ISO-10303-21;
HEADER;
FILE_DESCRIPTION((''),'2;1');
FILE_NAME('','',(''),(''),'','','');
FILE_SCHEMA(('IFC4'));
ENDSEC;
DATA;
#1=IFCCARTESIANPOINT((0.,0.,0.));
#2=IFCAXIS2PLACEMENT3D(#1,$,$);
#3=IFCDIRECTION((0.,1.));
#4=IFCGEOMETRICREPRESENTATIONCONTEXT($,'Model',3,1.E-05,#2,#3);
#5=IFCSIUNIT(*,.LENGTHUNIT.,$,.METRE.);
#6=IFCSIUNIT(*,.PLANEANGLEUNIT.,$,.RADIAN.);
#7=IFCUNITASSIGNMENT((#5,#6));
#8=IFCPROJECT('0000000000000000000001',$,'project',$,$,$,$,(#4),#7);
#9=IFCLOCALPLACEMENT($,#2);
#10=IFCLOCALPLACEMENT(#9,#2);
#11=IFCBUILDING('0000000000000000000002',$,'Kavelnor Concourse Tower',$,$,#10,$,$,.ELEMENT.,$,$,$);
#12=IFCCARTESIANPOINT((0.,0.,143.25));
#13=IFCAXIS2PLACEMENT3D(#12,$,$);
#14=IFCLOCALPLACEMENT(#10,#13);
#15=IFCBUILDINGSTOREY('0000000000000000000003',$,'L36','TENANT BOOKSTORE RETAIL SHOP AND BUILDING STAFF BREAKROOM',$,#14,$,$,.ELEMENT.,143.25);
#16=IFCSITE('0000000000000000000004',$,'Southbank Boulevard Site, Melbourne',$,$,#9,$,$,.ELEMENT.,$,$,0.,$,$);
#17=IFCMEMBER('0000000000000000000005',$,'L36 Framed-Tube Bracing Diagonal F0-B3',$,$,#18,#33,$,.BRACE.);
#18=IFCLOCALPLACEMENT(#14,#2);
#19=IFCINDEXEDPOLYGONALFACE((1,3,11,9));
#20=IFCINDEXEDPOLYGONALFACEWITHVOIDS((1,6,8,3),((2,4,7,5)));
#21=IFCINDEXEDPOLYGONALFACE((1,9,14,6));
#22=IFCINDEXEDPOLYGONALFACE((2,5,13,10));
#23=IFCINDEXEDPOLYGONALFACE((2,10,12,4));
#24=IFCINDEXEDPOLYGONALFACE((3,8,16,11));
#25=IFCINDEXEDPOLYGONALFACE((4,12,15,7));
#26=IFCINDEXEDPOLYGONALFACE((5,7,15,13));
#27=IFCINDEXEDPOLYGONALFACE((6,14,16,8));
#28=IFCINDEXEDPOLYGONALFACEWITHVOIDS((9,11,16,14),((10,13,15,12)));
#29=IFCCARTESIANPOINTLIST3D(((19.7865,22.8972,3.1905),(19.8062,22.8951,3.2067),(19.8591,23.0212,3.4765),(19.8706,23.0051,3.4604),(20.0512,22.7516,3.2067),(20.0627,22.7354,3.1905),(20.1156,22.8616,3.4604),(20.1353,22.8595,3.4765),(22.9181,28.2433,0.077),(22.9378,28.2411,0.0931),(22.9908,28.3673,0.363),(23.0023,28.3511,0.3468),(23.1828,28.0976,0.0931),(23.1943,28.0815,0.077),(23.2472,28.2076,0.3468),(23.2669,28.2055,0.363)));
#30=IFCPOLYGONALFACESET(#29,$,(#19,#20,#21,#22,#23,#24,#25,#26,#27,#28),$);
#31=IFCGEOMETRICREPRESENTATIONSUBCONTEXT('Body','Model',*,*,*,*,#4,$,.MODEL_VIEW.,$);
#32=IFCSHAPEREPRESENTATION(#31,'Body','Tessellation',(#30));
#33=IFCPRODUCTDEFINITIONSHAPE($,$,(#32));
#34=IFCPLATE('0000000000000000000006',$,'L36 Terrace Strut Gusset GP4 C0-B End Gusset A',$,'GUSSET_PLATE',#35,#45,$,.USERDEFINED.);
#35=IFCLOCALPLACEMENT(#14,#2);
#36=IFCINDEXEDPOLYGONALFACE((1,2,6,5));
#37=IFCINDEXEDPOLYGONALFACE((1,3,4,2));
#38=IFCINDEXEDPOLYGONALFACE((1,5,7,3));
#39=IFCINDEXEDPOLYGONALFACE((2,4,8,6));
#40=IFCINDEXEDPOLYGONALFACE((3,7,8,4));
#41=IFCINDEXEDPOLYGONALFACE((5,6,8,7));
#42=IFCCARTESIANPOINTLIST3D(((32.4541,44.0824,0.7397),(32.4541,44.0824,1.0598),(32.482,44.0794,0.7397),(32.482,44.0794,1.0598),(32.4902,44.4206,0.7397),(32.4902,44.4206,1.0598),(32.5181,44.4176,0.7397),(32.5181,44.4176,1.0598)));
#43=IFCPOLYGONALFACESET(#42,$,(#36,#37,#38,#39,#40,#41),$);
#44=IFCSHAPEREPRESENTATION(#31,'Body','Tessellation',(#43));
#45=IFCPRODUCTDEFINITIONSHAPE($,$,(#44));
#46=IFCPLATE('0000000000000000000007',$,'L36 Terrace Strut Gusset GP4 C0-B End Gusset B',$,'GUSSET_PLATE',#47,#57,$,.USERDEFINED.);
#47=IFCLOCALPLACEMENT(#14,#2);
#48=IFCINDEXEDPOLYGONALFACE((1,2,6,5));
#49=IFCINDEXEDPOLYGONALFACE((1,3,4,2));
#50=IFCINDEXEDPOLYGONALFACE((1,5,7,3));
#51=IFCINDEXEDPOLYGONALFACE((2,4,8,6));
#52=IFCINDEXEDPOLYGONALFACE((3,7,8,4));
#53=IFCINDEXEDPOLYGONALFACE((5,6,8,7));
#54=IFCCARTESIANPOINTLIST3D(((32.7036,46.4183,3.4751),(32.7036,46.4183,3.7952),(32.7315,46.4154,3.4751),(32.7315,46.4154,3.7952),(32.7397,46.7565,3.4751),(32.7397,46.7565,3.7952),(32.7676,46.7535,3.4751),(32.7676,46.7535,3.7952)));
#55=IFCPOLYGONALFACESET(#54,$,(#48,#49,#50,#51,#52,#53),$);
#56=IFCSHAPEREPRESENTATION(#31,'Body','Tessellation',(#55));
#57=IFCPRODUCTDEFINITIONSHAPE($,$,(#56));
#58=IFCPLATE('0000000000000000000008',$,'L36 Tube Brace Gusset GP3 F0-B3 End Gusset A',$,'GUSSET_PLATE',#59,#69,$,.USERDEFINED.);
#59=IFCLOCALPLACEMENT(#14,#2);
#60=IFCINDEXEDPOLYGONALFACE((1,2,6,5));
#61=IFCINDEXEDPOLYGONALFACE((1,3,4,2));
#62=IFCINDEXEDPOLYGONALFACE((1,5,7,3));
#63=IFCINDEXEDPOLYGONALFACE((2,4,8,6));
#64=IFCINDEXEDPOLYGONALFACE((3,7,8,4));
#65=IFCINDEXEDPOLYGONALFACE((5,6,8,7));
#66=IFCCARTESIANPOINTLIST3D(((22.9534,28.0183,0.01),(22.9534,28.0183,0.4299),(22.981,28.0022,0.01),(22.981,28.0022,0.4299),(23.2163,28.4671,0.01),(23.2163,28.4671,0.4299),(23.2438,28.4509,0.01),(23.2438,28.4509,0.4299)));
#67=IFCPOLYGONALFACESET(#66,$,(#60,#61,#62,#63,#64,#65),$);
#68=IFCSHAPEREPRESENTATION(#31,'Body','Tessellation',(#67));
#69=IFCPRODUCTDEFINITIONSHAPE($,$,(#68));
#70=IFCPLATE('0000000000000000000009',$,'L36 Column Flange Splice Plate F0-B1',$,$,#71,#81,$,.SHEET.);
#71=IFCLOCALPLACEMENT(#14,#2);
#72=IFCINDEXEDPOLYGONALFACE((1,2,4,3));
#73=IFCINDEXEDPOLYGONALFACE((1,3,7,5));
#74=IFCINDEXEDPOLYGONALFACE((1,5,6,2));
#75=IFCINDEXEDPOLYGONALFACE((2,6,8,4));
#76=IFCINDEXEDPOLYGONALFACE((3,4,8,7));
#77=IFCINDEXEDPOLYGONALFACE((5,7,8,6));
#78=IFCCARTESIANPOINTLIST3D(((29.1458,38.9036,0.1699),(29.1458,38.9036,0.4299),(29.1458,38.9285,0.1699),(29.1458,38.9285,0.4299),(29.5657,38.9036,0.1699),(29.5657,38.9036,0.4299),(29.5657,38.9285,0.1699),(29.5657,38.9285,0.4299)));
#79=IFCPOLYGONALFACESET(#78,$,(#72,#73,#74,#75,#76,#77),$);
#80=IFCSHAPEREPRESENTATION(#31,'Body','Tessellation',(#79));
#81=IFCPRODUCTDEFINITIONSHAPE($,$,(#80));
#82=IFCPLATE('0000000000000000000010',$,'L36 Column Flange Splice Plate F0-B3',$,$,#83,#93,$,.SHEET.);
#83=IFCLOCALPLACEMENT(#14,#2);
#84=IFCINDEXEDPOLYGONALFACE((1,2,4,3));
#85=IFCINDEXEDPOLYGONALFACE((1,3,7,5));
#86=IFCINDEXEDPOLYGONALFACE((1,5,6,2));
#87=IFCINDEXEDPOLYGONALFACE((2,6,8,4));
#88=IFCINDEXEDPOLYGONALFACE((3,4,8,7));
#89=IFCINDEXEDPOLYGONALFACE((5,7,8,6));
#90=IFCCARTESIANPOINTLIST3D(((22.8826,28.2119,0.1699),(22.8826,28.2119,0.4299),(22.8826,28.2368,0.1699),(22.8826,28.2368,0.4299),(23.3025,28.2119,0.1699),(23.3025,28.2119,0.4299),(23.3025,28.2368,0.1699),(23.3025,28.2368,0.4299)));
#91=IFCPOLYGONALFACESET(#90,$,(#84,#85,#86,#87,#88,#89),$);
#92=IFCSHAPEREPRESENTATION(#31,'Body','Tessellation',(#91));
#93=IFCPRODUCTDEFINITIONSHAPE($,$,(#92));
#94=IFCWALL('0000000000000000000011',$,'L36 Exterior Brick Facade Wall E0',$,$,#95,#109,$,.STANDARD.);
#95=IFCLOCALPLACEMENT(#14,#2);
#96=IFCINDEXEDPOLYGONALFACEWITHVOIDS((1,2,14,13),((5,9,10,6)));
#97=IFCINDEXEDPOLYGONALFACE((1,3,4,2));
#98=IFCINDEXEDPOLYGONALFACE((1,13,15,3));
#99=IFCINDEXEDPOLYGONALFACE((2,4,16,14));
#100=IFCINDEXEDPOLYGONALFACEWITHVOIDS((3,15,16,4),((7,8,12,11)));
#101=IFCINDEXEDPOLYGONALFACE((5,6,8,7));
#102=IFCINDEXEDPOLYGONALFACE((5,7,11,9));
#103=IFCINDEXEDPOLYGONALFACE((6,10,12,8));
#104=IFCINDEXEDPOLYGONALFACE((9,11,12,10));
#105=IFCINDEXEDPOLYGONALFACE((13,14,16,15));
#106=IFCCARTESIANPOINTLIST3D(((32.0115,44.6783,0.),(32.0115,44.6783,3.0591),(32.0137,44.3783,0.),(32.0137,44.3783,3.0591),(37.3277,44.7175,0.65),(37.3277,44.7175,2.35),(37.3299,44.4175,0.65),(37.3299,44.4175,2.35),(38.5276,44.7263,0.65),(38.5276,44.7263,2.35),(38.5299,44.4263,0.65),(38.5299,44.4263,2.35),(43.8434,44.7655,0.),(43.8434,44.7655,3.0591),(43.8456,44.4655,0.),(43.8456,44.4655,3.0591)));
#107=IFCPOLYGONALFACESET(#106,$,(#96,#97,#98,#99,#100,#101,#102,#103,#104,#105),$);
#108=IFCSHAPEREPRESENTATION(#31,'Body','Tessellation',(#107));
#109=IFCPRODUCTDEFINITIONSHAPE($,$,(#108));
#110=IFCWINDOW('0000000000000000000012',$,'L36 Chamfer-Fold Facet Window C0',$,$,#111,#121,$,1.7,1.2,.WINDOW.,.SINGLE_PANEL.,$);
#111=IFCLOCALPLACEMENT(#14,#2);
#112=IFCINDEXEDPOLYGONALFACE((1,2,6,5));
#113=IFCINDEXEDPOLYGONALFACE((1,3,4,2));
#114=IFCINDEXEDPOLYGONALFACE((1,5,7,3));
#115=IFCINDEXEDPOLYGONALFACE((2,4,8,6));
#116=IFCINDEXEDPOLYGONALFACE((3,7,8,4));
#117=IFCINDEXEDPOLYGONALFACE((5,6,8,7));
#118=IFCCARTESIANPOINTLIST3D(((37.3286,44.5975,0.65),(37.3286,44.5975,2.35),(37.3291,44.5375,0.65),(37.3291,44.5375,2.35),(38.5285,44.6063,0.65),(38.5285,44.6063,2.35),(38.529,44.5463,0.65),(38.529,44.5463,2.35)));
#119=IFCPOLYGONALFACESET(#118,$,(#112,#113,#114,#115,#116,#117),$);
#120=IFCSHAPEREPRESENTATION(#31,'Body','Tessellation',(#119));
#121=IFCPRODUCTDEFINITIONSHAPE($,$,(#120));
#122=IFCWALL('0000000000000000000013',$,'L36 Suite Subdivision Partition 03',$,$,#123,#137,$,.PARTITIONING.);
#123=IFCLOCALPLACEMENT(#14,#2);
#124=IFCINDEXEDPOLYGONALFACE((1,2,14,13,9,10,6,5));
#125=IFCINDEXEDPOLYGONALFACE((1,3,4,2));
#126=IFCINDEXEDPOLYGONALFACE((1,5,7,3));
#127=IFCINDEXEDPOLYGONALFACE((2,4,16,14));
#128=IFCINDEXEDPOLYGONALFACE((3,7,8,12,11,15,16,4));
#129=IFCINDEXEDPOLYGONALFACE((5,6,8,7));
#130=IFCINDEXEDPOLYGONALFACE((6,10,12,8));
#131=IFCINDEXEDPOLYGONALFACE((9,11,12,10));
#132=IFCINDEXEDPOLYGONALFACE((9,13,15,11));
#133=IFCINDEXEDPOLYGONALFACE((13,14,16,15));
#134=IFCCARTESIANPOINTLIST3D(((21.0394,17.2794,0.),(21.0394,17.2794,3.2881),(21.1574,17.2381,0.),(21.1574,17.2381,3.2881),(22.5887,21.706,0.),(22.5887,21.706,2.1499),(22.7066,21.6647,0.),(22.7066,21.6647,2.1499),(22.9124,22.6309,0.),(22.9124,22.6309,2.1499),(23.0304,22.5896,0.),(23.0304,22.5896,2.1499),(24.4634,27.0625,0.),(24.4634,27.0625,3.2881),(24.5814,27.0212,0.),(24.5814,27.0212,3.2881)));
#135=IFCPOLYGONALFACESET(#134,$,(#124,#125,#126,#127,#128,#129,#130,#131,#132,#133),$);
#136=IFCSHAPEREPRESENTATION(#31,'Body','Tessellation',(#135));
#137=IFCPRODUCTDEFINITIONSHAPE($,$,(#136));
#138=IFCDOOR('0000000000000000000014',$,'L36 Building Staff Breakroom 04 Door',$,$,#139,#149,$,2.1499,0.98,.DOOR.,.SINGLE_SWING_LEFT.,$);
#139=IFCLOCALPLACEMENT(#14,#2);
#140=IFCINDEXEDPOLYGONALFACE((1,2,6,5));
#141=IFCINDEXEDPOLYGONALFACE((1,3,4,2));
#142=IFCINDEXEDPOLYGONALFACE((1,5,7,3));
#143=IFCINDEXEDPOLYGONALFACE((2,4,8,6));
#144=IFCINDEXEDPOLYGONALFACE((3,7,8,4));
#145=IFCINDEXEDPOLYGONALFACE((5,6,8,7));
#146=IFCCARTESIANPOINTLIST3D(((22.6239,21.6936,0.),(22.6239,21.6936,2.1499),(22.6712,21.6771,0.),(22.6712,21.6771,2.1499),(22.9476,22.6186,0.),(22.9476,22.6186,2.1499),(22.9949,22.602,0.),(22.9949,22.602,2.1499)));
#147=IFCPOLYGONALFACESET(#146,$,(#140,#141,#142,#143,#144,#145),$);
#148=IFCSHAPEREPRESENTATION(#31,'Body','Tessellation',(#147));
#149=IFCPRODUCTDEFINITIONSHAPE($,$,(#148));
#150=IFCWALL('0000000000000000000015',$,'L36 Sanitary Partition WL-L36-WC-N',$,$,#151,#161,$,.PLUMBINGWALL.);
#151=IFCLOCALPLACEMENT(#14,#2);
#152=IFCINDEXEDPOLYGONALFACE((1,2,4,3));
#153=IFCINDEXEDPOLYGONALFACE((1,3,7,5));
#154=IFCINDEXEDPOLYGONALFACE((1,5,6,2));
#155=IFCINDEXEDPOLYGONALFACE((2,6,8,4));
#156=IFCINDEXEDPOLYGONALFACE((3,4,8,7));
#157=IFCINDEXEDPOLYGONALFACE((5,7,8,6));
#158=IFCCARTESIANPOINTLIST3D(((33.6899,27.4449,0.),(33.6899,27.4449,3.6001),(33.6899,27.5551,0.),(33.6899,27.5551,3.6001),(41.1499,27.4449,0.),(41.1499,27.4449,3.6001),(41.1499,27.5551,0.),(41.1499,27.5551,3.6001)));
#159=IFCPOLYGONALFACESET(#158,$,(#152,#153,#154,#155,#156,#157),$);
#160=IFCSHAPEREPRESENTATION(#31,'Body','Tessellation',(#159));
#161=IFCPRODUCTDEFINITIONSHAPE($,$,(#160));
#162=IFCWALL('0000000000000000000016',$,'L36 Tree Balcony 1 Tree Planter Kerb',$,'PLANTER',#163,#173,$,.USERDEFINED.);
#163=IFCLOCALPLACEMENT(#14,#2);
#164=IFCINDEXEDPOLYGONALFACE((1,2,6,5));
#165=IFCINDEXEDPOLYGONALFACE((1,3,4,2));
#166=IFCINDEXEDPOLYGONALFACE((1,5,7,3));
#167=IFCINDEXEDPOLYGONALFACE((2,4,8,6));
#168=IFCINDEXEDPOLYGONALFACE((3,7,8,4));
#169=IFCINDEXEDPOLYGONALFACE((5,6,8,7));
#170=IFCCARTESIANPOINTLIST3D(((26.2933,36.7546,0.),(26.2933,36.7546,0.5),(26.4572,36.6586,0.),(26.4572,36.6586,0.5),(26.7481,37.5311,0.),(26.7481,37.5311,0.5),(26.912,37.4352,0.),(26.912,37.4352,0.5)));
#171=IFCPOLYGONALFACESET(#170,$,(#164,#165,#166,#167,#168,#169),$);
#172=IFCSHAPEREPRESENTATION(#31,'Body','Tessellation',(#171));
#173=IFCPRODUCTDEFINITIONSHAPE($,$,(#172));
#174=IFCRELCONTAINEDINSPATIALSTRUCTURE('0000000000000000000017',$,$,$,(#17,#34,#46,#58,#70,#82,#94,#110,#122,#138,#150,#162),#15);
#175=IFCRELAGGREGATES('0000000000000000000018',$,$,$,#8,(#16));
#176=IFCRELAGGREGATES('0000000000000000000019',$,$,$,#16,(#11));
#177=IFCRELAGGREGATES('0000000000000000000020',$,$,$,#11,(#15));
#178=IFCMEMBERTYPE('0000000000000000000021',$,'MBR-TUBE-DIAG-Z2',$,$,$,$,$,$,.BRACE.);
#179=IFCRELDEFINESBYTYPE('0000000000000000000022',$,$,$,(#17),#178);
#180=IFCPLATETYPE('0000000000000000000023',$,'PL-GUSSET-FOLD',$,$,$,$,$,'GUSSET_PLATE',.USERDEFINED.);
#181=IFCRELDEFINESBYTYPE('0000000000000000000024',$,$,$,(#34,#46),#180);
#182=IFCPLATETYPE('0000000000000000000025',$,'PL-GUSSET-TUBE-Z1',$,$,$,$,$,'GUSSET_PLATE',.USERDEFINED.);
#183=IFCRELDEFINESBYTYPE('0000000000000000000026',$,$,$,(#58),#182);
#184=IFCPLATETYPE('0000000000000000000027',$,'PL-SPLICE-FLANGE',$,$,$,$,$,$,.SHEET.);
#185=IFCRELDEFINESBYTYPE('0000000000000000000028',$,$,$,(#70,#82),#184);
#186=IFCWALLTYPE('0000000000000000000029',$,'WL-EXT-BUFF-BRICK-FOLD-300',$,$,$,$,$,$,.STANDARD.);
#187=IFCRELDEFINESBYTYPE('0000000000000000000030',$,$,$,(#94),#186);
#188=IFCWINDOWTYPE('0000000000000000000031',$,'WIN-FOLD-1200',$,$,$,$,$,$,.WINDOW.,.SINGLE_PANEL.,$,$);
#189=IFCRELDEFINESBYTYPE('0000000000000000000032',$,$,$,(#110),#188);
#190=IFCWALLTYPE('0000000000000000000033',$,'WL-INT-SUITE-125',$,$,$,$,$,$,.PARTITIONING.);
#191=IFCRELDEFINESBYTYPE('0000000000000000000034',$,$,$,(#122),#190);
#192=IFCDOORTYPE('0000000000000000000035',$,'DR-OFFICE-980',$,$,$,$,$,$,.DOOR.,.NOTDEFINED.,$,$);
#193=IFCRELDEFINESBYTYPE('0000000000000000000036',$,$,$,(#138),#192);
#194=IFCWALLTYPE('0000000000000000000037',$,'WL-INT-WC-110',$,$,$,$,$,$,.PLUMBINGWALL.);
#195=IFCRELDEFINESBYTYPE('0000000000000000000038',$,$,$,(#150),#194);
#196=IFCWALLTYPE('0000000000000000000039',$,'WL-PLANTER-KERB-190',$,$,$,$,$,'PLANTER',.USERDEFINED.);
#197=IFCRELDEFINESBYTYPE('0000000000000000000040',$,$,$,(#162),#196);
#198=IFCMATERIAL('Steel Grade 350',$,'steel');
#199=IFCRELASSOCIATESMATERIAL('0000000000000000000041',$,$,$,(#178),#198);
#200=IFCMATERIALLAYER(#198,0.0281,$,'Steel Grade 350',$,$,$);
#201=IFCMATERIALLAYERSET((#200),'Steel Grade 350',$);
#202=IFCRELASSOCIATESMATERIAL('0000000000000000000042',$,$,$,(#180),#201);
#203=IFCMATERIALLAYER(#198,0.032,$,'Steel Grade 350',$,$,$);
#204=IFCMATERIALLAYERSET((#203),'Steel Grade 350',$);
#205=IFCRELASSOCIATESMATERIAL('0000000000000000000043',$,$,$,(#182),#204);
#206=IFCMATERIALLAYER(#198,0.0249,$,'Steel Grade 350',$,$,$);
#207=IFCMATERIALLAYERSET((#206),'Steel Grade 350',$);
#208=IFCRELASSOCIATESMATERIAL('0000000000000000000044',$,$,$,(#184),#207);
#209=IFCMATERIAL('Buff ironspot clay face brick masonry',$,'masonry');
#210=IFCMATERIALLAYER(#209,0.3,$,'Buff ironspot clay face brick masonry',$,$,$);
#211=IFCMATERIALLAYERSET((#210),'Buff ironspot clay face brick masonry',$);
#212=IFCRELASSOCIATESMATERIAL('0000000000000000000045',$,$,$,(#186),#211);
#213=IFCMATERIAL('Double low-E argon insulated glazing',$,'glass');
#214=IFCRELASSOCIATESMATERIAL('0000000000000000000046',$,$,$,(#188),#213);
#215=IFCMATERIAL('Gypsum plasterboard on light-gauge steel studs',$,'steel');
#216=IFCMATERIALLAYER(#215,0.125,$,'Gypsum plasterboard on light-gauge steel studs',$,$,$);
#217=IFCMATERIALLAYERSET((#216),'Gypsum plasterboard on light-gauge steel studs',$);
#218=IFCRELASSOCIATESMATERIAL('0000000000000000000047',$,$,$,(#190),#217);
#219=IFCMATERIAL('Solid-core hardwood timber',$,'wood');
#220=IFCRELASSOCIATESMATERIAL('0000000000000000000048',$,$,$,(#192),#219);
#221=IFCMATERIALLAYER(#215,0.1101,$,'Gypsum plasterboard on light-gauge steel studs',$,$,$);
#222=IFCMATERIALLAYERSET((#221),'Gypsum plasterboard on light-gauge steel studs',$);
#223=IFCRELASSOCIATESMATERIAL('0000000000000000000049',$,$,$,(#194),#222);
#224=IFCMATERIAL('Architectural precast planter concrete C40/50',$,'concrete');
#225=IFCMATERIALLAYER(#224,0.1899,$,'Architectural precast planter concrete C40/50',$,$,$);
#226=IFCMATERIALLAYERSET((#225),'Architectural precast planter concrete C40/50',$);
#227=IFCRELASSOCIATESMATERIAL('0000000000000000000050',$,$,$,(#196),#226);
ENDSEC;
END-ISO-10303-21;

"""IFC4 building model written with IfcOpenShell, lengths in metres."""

from ifc_helpers import new_model, si_unit, direction, frame, frame_2d, origin, origin_2d, place, context, subcontext, project, spatial, rectangle, hollow_rectangle, extrude, material, layer, layer_set, material_profile, profile_set, type_object, element, fill, save


model = new_model("IFC4")

# Units and contexts
model_context = context("Model", 3, precision=1e-05, world=origin(), true_north=direction((0.0, 1.0)))
body_context = subcontext(model_context, "Body", "Model", "MODEL_VIEW")
ifc_project = project(units=[si_unit("LENGTHUNIT", "METRE"), si_unit("PLANEANGLEUNIT", "RADIAN")], contexts=[model_context])

# Site, building, storey
site_placement = place(None, origin())
site = spatial("IfcSite", under=ifc_project, at=site_placement, Name="Southbank Boulevard Site, Melbourne", CompositionType="ELEMENT", RefElevation=0.0)
building_placement = place(site_placement, origin())
building = spatial("IfcBuilding", under=site, at=building_placement, Name="Kavelnor Concourse Tower", CompositionType="ELEMENT")
storey_placement = place(building_placement, frame((0.0, 0.0, 143.25)))
storey = spatial("IfcBuildingStorey", under=building, at=storey_placement, Name="L36", Description="TENANT BOOKSTORE RETAIL SHOP AND BUILDING STAFF BREAKROOM", CompositionType="ELEMENT", Elevation=143.25)

# Shared definitions
ifc_material_1 = material(Name="Steel Grade 350", Category="steel")

# Member
ifc_material_profile_1 = material_profile(ifc_material_1, hollow_rectangle(XDim=0.3201, YDim=0.3201, WallThickness=0.0181, at=origin_2d()), Name="SHS 320x320x18")
ifc_profile_set_1 = profile_set([ifc_material_profile_1], Name="Steel Grade 350")
member_type_1 = type_object("IfcMemberType", Name="MBR-TUBE-DIAG-Z2", PredefinedType="BRACE", material=ifc_profile_set_1)
member_1_placement = place(storey_placement, frame((23.0925, 28.2244, 0.22), z_axis=(-0.45163, -0.770978, 0.449024), x_axis=(0.862856, -0.50545, 0.0)))
element("IfcMember", 1, at=member_1_placement, inside=storey, type_object=member_type_1, Name="L36 Framed-Tube Bracing Diagonal F0-B3", PredefinedType="BRACE", context=body_context, shape_type="SweptSolid", body=[
    extrude(hollow_rectangle(XDim=0.3201, YDim=0.3201, WallThickness=0.0181, at=origin_2d()), origin(), (0.0, 0.0, 1.0), 6.9341),
])

# Plates
ifc_layer_1 = layer(ifc_material_1, 0.0281, Name="Steel Grade 350")
ifc_layer_set_1 = layer_set([ifc_layer_1], Name="Steel Grade 350")
plate_type_1 = type_object("IfcPlateType", Name="PL-GUSSET-FOLD", ElementType="GUSSET_PLATE", PredefinedType="USERDEFINED", material=ifc_layer_set_1)
for number, where, z_axis, x_axis, name in (
    (2, (32.4861, 44.25, 0.7397), (0.0, 0.0, 1.0), (0.106264, 0.994338, 0.0), "L36 Terrace Strut Gusset GP4 C0-B End Gusset A"),
    (3, (32.7356, 46.5859, 3.4751), (0.0, 0.0, 1.0), (0.106264, 0.994338, 0.0), "L36 Terrace Strut Gusset GP4 C0-B End Gusset B"),
):
    element("IfcPlate", number, at=place(storey_placement, frame(where, z_axis=z_axis, x_axis=x_axis)), inside=storey, type_object=plate_type_1, Name=name, ObjectType="GUSSET_PLATE", PredefinedType="USERDEFINED", context=body_context, shape_type="SweptSolid", body=[
        extrude(rectangle(XDim=0.3401, YDim=0.0281, at=origin_2d()), origin(), (0.0, 0.0, 1.0), 0.3201),
    ])
ifc_layer_2 = layer(ifc_material_1, 0.032, Name="Steel Grade 350")
ifc_layer_set_2 = layer_set([ifc_layer_2], Name="Steel Grade 350")
plate_type_2 = type_object("IfcPlateType", Name="PL-GUSSET-TUBE-Z1", ElementType="GUSSET_PLATE", PredefinedType="USERDEFINED", material=ifc_layer_set_2)
plate_placement = place(storey_placement, frame((23.0986, 28.2346, 0.01), z_axis=(0.0, 0.0, 1.0), x_axis=(-0.505431, -0.862867, 0.0)))
element("IfcPlate", 4, at=plate_placement, inside=storey, type_object=plate_type_2, Name="L36 Tube Brace Gusset GP3 F0-B3 End Gusset A", ObjectType="GUSSET_PLATE", PredefinedType="USERDEFINED", context=body_context, shape_type="SweptSolid", body=[
    extrude(rectangle(XDim=0.52, YDim=0.032, at=origin_2d()), origin(), (0.0, 0.0, 1.0), 0.4199),
])
ifc_layer_3 = layer(ifc_material_1, 0.0249, Name="Steel Grade 350")
ifc_layer_set_3 = layer_set([ifc_layer_3], Name="Steel Grade 350")
plate_type_3 = type_object("IfcPlateType", Name="PL-SPLICE-FLANGE", PredefinedType="SHEET", material=ifc_layer_set_3)
for number, where, z_axis, x_axis, name in (
    (5, (29.3557, 38.916, 0.1699), (0.0, 0.0, 1.0), (1.0, 0.0, 0.0), "L36 Column Flange Splice Plate F0-B1"),
    (6, (23.0925, 28.2244, 0.1699), (0.0, 0.0, 1.0), (1.0, 0.0, 0.0), "L36 Column Flange Splice Plate F0-B3"),
):
    element("IfcPlate", number, at=place(storey_placement, frame(where, z_axis=z_axis, x_axis=x_axis)), inside=storey, type_object=plate_type_3, Name=name, PredefinedType="SHEET", context=body_context, shape_type="SweptSolid", body=[
        extrude(rectangle(XDim=0.4199, YDim=0.0249, at=origin_2d()), origin(), (0.0, 0.0, 1.0), 0.26),
    ])

# Wall, opening, window
ifc_material_2 = material(Name="Buff ironspot clay face brick masonry", Category="masonry")
ifc_layer_4 = layer(ifc_material_2, 0.3, Name="Buff ironspot clay face brick masonry")
ifc_layer_set_4 = layer_set([ifc_layer_4], Name="Buff ironspot clay face brick masonry")
wall_type_1 = type_object("IfcWallType", Name="WL-EXT-BUFF-BRICK-FOLD-300", PredefinedType="STANDARD", material=ifc_layer_set_4)
wall_1_placement = place(storey_placement, frame((32.0127, 44.5283, 0.0), z_axis=(0.0, 0.0, 1.0), x_axis=(0.999973, 0.007366, 0.0)))
wall_1 = element("IfcWall", 7, at=wall_1_placement, inside=storey, type_object=wall_type_1, Name="L36 Exterior Brick Facade Wall E0", PredefinedType="STANDARD", context=body_context, shape_type="SweptSolid", body=[
    extrude(rectangle(XDim=11.8323, YDim=0.3, at=frame_2d((5.916, 0.0))), origin(), (0.0, 0.0, 1.0), 3.0591),
])
opening_1_placement = place(wall_1_placement, frame((5.3162, 0.0, 0.6499)))
opening_1 = element("IfcOpeningElement", 8, at=opening_1_placement, cuts=wall_1, PredefinedType="OPENING", context=body_context, shape_type="SweptSolid", body=[
    extrude(rectangle(XDim=1.2, YDim=1.7, at=frame_2d((0.6001, 0.8501))), frame((0.0, 0.1602, 0.0), z_axis=(0.0, -1.0, 0.0), x_axis=(1.0, 0.0, 0.0)), (0.0, 0.0, 1.0), 0.3201),
])
ifc_material_3 = material(Name="Double low-E argon insulated glazing", Category="glass")
window_type = type_object("IfcWindowType", Name="WIN-FOLD-1200", PartitioningType="SINGLE_PANEL", PredefinedType="WINDOW", material=ifc_material_3)
window_placement = place(opening_1_placement, origin())
window = element("IfcWindow", 9, at=window_placement, inside=storey, type_object=window_type, Name="L36 Chamfer-Fold Facet Window C0", OverallHeight=1.7, OverallWidth=1.2, PartitioningType="SINGLE_PANEL", PredefinedType="WINDOW", context=body_context, shape_type="SweptSolid", body=[
    extrude(rectangle(XDim=1.2, YDim=1.7, at=frame_2d((0.6001, 0.8501))), frame((0.0, 0.03, 0.0), z_axis=(0.0, -1.0, 0.0), x_axis=(1.0, 0.0, 0.0)), (0.0, 0.0, 1.0), 0.0601),
])
fill(opening_1, window)

# Wall, opening, door
ifc_material_4 = material(Name="Gypsum plasterboard on light-gauge steel studs", Category="steel")
ifc_layer_5 = layer(ifc_material_4, 0.125, Name="Gypsum plasterboard on light-gauge steel studs")
ifc_layer_set_5 = layer_set([ifc_layer_5], Name="Gypsum plasterboard on light-gauge steel studs")
wall_type_2 = type_object("IfcWallType", Name="WL-INT-SUITE-125", PredefinedType="PARTITIONING", material=ifc_layer_set_5)
wall_2_placement = place(storey_placement, frame((24.5225, 27.042, 0.0), z_axis=(0.0, 0.0, 1.0), x_axis=(-0.330346, -0.94386, 0.0)))
wall_2 = element("IfcWall", 10, at=wall_2_placement, inside=storey, type_object=wall_type_2, Name="L36 Suite Subdivision Partition 03", PredefinedType="PARTITIONING", context=body_context, shape_type="SweptSolid", body=[
    extrude(rectangle(XDim=10.365, YDim=0.125, at=frame_2d((5.1826, 0.0))), origin(), (0.0, 0.0, 1.0), 3.2881),
])
opening_2_placement = place(wall_2_placement, frame((4.6953, 0.0, 0.0)))
opening_2 = element("IfcOpeningElement", 11, at=opening_2_placement, cuts=wall_2, PredefinedType="OPENING", context=body_context, shape_type="SweptSolid", body=[
    extrude(rectangle(XDim=0.98, YDim=2.1499, at=frame_2d((0.49, 1.075))), frame((0.0, 0.0725, 0.0), z_axis=(0.0, -1.0, 0.0), x_axis=(1.0, 0.0, 0.0)), (0.0, 0.0, 1.0), 0.145),
])
ifc_material_5 = material(Name="Solid-core hardwood timber", Category="wood")
door_type = type_object("IfcDoorType", Name="DR-OFFICE-980", OperationType="NOTDEFINED", PredefinedType="DOOR", material=ifc_material_5)
door_placement = place(opening_2_placement, origin())
door = element("IfcDoor", 12, at=door_placement, inside=storey, type_object=door_type, Name="L36 Building Staff Breakroom 04 Door", OperationType="SINGLE_SWING_LEFT", OverallHeight=2.1499, OverallWidth=0.98, PredefinedType="DOOR", context=body_context, shape_type="SweptSolid", body=[
    extrude(rectangle(XDim=0.98, YDim=2.1499, at=frame_2d((0.49, 1.075))), frame((0.0, 0.0249, 0.0), z_axis=(0.0, -1.0, 0.0), x_axis=(1.0, 0.0, 0.0)), (0.0, 0.0, 1.0), 0.05),
])
fill(opening_2, door)

# Walls
ifc_layer_6 = layer(ifc_material_4, 0.1101, Name="Gypsum plasterboard on light-gauge steel studs")
ifc_layer_set_6 = layer_set([ifc_layer_6], Name="Gypsum plasterboard on light-gauge steel studs")
wall_type_3 = type_object("IfcWallType", Name="WL-INT-WC-110", PredefinedType="PLUMBINGWALL", material=ifc_layer_set_6)
wall_3_placement = place(storey_placement, frame((33.6899, 27.5, 0.0), z_axis=(0.0, 0.0, 1.0), x_axis=(1.0, 0.0, 0.0)))
element("IfcWall", 13, at=wall_3_placement, inside=storey, type_object=wall_type_3, Name="L36 Sanitary Partition WL-L36-WC-N", PredefinedType="PLUMBINGWALL", context=body_context, shape_type="SweptSolid", body=[
    extrude(rectangle(XDim=7.46, YDim=0.1101, at=frame_2d((3.73, 0.0))), origin(), (0.0, 0.0, 1.0), 3.6001),
])
ifc_material_6 = material(Name="Architectural precast planter concrete C40/50", Category="concrete")
ifc_layer_7 = layer(ifc_material_6, 0.1899, Name="Architectural precast planter concrete C40/50")
ifc_layer_set_7 = layer_set([ifc_layer_7], Name="Architectural precast planter concrete C40/50")
wall_type_4 = type_object("IfcWallType", Name="WL-PLANTER-KERB-190", ElementType="PLANTER", PredefinedType="USERDEFINED", material=ifc_layer_set_7)
wall_4_placement = place(storey_placement, frame((26.8301, 37.4832, 0.0), z_axis=(0.0, 0.0, 1.0), x_axis=(-0.505371, -0.862902, 0.0)))
element("IfcWall", 14, at=wall_4_placement, inside=storey, type_object=wall_type_4, Name="L36 Tree Balcony 1 Tree Planter Kerb", ObjectType="PLANTER", PredefinedType="USERDEFINED", context=body_context, shape_type="SweptSolid", body=[
    extrude(rectangle(XDim=0.8999, YDim=0.1899, at=frame_2d((0.45, 0.0))), origin(), (0.0, 0.0, 1.0), 0.5),
])

save(model, "model.ifc")
